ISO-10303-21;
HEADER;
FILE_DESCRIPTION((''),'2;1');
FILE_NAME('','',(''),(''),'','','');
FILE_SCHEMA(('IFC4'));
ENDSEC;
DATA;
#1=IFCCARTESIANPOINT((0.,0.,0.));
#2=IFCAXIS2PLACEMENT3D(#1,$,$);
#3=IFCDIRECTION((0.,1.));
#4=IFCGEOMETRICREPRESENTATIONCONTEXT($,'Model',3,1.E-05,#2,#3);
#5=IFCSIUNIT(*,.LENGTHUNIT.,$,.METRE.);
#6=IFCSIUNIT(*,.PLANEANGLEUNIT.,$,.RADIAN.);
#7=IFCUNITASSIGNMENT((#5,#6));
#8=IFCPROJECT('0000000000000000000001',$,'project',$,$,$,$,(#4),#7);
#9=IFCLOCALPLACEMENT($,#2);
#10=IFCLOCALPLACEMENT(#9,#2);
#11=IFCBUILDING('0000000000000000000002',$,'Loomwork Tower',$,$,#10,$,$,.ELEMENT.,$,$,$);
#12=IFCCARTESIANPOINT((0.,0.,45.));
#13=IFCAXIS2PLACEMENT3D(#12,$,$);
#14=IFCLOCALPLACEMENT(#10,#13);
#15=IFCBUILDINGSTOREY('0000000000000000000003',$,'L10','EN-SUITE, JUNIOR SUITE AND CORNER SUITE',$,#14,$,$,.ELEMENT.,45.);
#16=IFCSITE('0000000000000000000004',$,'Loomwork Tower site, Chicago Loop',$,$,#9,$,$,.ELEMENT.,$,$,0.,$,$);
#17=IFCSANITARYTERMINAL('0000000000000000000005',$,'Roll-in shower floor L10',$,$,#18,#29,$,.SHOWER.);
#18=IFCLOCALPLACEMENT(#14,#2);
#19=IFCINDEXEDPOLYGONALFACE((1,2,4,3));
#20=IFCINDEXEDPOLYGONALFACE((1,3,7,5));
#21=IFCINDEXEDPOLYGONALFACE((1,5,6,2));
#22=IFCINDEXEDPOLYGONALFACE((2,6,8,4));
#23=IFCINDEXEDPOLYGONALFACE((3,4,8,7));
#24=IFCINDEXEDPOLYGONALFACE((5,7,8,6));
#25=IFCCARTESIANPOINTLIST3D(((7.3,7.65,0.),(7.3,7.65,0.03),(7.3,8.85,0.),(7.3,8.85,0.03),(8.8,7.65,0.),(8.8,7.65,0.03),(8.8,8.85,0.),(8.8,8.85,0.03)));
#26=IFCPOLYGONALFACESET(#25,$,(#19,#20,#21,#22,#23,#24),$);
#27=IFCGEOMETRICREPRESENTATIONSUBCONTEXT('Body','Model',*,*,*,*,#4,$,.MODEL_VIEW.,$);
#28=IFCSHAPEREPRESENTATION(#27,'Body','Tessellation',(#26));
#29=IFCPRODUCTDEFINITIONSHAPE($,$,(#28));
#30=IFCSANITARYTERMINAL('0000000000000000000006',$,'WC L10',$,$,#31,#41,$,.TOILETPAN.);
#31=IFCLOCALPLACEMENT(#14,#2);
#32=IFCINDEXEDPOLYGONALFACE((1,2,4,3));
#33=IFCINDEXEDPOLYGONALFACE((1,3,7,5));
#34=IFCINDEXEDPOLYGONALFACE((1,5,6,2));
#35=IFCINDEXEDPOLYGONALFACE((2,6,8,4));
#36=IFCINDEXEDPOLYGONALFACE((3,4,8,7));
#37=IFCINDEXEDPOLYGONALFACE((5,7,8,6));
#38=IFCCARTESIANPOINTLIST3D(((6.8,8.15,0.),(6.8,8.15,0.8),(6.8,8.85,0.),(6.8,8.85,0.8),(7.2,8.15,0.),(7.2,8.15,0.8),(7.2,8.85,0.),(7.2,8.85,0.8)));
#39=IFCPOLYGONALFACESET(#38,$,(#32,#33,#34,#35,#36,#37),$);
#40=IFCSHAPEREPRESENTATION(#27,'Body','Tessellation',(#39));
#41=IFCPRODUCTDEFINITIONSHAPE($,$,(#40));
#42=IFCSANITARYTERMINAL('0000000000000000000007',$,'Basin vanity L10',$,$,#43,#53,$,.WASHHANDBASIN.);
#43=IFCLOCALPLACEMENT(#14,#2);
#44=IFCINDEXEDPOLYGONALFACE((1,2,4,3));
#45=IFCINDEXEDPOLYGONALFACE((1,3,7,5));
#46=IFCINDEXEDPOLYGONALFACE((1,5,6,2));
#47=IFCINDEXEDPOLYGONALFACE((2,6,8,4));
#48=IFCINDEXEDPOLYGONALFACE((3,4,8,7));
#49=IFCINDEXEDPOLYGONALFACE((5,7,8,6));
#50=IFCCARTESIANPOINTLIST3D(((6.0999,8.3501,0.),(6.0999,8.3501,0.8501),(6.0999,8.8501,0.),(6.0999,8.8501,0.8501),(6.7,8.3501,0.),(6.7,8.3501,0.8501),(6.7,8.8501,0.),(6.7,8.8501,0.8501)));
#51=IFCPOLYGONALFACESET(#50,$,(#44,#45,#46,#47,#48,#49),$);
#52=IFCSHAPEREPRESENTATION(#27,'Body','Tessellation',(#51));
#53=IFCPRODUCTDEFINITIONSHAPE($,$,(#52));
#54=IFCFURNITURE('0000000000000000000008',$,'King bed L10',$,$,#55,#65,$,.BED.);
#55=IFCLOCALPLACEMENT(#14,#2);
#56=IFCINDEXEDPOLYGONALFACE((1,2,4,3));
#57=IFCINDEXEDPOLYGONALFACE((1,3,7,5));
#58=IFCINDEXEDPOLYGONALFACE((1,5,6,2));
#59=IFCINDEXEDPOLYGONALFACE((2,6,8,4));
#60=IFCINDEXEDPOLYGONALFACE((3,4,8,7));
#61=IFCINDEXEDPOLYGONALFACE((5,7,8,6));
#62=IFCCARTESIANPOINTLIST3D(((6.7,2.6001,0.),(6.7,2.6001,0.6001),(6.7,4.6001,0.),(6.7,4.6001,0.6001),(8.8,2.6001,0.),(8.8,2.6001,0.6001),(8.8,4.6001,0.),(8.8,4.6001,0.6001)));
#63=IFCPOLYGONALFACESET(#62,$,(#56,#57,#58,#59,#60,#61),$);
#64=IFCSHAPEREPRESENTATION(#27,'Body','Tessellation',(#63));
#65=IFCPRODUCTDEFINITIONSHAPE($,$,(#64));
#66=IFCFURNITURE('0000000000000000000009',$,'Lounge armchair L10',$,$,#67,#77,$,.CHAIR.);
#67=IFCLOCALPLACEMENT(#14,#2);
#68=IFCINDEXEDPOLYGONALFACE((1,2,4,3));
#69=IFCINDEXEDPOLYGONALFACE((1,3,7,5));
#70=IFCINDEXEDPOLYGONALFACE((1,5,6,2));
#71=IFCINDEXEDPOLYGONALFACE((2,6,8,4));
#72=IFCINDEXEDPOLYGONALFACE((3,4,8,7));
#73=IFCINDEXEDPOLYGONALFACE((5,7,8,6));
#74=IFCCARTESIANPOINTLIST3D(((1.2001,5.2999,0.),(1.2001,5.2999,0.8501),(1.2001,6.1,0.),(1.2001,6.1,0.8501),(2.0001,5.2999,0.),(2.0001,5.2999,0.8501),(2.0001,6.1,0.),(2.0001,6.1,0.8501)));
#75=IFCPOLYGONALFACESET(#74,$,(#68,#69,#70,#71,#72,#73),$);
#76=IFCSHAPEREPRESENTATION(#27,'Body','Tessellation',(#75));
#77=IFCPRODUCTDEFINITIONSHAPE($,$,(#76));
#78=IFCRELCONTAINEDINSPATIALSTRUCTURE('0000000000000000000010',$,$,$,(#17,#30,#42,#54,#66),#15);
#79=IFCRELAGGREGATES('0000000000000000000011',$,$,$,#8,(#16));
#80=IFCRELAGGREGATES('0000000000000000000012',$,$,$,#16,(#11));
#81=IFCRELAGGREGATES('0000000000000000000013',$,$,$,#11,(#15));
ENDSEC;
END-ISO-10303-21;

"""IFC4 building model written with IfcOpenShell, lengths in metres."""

from ifc_helpers import new_model, si_unit, direction, frame, origin, origin_2d, place, context, subcontext, project, spatial, rectangle, extrude, element, save


model = new_model("IFC4")

# Units and contexts
model_context = context("Model", 3, precision=1e-05, world=origin(), true_north=direction((0.0, 1.0)))
body_context = subcontext(model_context, "Body", "Model", "MODEL_VIEW")
ifc_project = project(units=[si_unit("LENGTHUNIT", "METRE"), si_unit("PLANEANGLEUNIT", "RADIAN")], contexts=[model_context])

# Site, building, storey
site_placement = place(None, origin())
site = spatial("IfcSite", under=ifc_project, at=site_placement, Name="Loomwork Tower site, Chicago Loop", CompositionType="ELEMENT", RefElevation=0.0)
building_placement = place(site_placement, origin())
building = spatial("IfcBuilding", under=site, at=building_placement, Name="Loomwork Tower", CompositionType="ELEMENT")
storey_placement = place(building_placement, frame((0.0, 0.0, 45.0)))
storey = spatial("IfcBuildingStorey", under=building, at=storey_placement, Name="L10", Description="EN-SUITE, JUNIOR SUITE AND CORNER SUITE", CompositionType="ELEMENT", Elevation=45.0)

# Sanitary terminals
sanitary_terminal_1_placement = place(storey_placement, frame((8.05, 8.25, 0.0), z_axis=(0.0, 0.0, 1.0), x_axis=(1.0, 0.0, 0.0)))
element("IfcSanitaryTerminal", 1, at=sanitary_terminal_1_placement, inside=storey, Name="Roll-in shower floor L10", PredefinedType="SHOWER", context=body_context, shape_type="SweptSolid", body=[
    extrude(rectangle(XDim=1.5, YDim=1.2, at=origin_2d()), origin(), (0.0, 0.0, 1.0), 0.03),
])
sanitary_terminal_2_placement = place(storey_placement, frame((7.0, 8.5, 0.0), z_axis=(0.0, 0.0, 1.0), x_axis=(1.0, 0.0, 0.0)))
element("IfcSanitaryTerminal", 2, at=sanitary_terminal_2_placement, inside=storey, Name="WC L10", PredefinedType="TOILETPAN", context=body_context, shape_type="SweptSolid", body=[
    extrude(rectangle(XDim=0.3999, YDim=0.7, at=origin_2d()), origin(), (0.0, 0.0, 1.0), 0.8),
])
sanitary_terminal_3_placement = place(storey_placement, frame((6.3999, 8.6001, 0.0), z_axis=(0.0, 0.0, 1.0), x_axis=(1.0, 0.0, 0.0)))
element("IfcSanitaryTerminal", 3, at=sanitary_terminal_3_placement, inside=storey, Name="Basin vanity L10", PredefinedType="WASHHANDBASIN", context=body_context, shape_type="SweptSolid", body=[
    extrude(rectangle(XDim=0.6001, YDim=0.5, at=origin_2d()), origin(), (0.0, 0.0, 1.0), 0.8501),
])

# Furniture
furniture_1_placement = place(storey_placement, frame((7.75, 3.6001, 0.0), z_axis=(0.0, 0.0, 1.0), x_axis=(1.0, 0.0, 0.0)))
element("IfcFurniture", 4, at=furniture_1_placement, inside=storey, Name="King bed L10", PredefinedType="BED", context=body_context, shape_type="SweptSolid", body=[
    extrude(rectangle(XDim=2.1001, YDim=2.0, at=origin_2d()), origin(), (0.0, 0.0, 1.0), 0.6001),
])
furniture_2_placement = place(storey_placement, frame((1.6001, 5.7, 0.0), z_axis=(0.0, 0.0, 1.0), x_axis=(1.0, 0.0, 0.0)))
element("IfcFurniture", 5, at=furniture_2_placement, inside=storey, Name="Lounge armchair L10", PredefinedType="CHAIR", context=body_context, shape_type="SweptSolid", body=[
    extrude(rectangle(XDim=0.8, YDim=0.8, at=origin_2d()), origin(), (0.0, 0.0, 1.0), 0.8501),
])

save(model, "model.ifc")
